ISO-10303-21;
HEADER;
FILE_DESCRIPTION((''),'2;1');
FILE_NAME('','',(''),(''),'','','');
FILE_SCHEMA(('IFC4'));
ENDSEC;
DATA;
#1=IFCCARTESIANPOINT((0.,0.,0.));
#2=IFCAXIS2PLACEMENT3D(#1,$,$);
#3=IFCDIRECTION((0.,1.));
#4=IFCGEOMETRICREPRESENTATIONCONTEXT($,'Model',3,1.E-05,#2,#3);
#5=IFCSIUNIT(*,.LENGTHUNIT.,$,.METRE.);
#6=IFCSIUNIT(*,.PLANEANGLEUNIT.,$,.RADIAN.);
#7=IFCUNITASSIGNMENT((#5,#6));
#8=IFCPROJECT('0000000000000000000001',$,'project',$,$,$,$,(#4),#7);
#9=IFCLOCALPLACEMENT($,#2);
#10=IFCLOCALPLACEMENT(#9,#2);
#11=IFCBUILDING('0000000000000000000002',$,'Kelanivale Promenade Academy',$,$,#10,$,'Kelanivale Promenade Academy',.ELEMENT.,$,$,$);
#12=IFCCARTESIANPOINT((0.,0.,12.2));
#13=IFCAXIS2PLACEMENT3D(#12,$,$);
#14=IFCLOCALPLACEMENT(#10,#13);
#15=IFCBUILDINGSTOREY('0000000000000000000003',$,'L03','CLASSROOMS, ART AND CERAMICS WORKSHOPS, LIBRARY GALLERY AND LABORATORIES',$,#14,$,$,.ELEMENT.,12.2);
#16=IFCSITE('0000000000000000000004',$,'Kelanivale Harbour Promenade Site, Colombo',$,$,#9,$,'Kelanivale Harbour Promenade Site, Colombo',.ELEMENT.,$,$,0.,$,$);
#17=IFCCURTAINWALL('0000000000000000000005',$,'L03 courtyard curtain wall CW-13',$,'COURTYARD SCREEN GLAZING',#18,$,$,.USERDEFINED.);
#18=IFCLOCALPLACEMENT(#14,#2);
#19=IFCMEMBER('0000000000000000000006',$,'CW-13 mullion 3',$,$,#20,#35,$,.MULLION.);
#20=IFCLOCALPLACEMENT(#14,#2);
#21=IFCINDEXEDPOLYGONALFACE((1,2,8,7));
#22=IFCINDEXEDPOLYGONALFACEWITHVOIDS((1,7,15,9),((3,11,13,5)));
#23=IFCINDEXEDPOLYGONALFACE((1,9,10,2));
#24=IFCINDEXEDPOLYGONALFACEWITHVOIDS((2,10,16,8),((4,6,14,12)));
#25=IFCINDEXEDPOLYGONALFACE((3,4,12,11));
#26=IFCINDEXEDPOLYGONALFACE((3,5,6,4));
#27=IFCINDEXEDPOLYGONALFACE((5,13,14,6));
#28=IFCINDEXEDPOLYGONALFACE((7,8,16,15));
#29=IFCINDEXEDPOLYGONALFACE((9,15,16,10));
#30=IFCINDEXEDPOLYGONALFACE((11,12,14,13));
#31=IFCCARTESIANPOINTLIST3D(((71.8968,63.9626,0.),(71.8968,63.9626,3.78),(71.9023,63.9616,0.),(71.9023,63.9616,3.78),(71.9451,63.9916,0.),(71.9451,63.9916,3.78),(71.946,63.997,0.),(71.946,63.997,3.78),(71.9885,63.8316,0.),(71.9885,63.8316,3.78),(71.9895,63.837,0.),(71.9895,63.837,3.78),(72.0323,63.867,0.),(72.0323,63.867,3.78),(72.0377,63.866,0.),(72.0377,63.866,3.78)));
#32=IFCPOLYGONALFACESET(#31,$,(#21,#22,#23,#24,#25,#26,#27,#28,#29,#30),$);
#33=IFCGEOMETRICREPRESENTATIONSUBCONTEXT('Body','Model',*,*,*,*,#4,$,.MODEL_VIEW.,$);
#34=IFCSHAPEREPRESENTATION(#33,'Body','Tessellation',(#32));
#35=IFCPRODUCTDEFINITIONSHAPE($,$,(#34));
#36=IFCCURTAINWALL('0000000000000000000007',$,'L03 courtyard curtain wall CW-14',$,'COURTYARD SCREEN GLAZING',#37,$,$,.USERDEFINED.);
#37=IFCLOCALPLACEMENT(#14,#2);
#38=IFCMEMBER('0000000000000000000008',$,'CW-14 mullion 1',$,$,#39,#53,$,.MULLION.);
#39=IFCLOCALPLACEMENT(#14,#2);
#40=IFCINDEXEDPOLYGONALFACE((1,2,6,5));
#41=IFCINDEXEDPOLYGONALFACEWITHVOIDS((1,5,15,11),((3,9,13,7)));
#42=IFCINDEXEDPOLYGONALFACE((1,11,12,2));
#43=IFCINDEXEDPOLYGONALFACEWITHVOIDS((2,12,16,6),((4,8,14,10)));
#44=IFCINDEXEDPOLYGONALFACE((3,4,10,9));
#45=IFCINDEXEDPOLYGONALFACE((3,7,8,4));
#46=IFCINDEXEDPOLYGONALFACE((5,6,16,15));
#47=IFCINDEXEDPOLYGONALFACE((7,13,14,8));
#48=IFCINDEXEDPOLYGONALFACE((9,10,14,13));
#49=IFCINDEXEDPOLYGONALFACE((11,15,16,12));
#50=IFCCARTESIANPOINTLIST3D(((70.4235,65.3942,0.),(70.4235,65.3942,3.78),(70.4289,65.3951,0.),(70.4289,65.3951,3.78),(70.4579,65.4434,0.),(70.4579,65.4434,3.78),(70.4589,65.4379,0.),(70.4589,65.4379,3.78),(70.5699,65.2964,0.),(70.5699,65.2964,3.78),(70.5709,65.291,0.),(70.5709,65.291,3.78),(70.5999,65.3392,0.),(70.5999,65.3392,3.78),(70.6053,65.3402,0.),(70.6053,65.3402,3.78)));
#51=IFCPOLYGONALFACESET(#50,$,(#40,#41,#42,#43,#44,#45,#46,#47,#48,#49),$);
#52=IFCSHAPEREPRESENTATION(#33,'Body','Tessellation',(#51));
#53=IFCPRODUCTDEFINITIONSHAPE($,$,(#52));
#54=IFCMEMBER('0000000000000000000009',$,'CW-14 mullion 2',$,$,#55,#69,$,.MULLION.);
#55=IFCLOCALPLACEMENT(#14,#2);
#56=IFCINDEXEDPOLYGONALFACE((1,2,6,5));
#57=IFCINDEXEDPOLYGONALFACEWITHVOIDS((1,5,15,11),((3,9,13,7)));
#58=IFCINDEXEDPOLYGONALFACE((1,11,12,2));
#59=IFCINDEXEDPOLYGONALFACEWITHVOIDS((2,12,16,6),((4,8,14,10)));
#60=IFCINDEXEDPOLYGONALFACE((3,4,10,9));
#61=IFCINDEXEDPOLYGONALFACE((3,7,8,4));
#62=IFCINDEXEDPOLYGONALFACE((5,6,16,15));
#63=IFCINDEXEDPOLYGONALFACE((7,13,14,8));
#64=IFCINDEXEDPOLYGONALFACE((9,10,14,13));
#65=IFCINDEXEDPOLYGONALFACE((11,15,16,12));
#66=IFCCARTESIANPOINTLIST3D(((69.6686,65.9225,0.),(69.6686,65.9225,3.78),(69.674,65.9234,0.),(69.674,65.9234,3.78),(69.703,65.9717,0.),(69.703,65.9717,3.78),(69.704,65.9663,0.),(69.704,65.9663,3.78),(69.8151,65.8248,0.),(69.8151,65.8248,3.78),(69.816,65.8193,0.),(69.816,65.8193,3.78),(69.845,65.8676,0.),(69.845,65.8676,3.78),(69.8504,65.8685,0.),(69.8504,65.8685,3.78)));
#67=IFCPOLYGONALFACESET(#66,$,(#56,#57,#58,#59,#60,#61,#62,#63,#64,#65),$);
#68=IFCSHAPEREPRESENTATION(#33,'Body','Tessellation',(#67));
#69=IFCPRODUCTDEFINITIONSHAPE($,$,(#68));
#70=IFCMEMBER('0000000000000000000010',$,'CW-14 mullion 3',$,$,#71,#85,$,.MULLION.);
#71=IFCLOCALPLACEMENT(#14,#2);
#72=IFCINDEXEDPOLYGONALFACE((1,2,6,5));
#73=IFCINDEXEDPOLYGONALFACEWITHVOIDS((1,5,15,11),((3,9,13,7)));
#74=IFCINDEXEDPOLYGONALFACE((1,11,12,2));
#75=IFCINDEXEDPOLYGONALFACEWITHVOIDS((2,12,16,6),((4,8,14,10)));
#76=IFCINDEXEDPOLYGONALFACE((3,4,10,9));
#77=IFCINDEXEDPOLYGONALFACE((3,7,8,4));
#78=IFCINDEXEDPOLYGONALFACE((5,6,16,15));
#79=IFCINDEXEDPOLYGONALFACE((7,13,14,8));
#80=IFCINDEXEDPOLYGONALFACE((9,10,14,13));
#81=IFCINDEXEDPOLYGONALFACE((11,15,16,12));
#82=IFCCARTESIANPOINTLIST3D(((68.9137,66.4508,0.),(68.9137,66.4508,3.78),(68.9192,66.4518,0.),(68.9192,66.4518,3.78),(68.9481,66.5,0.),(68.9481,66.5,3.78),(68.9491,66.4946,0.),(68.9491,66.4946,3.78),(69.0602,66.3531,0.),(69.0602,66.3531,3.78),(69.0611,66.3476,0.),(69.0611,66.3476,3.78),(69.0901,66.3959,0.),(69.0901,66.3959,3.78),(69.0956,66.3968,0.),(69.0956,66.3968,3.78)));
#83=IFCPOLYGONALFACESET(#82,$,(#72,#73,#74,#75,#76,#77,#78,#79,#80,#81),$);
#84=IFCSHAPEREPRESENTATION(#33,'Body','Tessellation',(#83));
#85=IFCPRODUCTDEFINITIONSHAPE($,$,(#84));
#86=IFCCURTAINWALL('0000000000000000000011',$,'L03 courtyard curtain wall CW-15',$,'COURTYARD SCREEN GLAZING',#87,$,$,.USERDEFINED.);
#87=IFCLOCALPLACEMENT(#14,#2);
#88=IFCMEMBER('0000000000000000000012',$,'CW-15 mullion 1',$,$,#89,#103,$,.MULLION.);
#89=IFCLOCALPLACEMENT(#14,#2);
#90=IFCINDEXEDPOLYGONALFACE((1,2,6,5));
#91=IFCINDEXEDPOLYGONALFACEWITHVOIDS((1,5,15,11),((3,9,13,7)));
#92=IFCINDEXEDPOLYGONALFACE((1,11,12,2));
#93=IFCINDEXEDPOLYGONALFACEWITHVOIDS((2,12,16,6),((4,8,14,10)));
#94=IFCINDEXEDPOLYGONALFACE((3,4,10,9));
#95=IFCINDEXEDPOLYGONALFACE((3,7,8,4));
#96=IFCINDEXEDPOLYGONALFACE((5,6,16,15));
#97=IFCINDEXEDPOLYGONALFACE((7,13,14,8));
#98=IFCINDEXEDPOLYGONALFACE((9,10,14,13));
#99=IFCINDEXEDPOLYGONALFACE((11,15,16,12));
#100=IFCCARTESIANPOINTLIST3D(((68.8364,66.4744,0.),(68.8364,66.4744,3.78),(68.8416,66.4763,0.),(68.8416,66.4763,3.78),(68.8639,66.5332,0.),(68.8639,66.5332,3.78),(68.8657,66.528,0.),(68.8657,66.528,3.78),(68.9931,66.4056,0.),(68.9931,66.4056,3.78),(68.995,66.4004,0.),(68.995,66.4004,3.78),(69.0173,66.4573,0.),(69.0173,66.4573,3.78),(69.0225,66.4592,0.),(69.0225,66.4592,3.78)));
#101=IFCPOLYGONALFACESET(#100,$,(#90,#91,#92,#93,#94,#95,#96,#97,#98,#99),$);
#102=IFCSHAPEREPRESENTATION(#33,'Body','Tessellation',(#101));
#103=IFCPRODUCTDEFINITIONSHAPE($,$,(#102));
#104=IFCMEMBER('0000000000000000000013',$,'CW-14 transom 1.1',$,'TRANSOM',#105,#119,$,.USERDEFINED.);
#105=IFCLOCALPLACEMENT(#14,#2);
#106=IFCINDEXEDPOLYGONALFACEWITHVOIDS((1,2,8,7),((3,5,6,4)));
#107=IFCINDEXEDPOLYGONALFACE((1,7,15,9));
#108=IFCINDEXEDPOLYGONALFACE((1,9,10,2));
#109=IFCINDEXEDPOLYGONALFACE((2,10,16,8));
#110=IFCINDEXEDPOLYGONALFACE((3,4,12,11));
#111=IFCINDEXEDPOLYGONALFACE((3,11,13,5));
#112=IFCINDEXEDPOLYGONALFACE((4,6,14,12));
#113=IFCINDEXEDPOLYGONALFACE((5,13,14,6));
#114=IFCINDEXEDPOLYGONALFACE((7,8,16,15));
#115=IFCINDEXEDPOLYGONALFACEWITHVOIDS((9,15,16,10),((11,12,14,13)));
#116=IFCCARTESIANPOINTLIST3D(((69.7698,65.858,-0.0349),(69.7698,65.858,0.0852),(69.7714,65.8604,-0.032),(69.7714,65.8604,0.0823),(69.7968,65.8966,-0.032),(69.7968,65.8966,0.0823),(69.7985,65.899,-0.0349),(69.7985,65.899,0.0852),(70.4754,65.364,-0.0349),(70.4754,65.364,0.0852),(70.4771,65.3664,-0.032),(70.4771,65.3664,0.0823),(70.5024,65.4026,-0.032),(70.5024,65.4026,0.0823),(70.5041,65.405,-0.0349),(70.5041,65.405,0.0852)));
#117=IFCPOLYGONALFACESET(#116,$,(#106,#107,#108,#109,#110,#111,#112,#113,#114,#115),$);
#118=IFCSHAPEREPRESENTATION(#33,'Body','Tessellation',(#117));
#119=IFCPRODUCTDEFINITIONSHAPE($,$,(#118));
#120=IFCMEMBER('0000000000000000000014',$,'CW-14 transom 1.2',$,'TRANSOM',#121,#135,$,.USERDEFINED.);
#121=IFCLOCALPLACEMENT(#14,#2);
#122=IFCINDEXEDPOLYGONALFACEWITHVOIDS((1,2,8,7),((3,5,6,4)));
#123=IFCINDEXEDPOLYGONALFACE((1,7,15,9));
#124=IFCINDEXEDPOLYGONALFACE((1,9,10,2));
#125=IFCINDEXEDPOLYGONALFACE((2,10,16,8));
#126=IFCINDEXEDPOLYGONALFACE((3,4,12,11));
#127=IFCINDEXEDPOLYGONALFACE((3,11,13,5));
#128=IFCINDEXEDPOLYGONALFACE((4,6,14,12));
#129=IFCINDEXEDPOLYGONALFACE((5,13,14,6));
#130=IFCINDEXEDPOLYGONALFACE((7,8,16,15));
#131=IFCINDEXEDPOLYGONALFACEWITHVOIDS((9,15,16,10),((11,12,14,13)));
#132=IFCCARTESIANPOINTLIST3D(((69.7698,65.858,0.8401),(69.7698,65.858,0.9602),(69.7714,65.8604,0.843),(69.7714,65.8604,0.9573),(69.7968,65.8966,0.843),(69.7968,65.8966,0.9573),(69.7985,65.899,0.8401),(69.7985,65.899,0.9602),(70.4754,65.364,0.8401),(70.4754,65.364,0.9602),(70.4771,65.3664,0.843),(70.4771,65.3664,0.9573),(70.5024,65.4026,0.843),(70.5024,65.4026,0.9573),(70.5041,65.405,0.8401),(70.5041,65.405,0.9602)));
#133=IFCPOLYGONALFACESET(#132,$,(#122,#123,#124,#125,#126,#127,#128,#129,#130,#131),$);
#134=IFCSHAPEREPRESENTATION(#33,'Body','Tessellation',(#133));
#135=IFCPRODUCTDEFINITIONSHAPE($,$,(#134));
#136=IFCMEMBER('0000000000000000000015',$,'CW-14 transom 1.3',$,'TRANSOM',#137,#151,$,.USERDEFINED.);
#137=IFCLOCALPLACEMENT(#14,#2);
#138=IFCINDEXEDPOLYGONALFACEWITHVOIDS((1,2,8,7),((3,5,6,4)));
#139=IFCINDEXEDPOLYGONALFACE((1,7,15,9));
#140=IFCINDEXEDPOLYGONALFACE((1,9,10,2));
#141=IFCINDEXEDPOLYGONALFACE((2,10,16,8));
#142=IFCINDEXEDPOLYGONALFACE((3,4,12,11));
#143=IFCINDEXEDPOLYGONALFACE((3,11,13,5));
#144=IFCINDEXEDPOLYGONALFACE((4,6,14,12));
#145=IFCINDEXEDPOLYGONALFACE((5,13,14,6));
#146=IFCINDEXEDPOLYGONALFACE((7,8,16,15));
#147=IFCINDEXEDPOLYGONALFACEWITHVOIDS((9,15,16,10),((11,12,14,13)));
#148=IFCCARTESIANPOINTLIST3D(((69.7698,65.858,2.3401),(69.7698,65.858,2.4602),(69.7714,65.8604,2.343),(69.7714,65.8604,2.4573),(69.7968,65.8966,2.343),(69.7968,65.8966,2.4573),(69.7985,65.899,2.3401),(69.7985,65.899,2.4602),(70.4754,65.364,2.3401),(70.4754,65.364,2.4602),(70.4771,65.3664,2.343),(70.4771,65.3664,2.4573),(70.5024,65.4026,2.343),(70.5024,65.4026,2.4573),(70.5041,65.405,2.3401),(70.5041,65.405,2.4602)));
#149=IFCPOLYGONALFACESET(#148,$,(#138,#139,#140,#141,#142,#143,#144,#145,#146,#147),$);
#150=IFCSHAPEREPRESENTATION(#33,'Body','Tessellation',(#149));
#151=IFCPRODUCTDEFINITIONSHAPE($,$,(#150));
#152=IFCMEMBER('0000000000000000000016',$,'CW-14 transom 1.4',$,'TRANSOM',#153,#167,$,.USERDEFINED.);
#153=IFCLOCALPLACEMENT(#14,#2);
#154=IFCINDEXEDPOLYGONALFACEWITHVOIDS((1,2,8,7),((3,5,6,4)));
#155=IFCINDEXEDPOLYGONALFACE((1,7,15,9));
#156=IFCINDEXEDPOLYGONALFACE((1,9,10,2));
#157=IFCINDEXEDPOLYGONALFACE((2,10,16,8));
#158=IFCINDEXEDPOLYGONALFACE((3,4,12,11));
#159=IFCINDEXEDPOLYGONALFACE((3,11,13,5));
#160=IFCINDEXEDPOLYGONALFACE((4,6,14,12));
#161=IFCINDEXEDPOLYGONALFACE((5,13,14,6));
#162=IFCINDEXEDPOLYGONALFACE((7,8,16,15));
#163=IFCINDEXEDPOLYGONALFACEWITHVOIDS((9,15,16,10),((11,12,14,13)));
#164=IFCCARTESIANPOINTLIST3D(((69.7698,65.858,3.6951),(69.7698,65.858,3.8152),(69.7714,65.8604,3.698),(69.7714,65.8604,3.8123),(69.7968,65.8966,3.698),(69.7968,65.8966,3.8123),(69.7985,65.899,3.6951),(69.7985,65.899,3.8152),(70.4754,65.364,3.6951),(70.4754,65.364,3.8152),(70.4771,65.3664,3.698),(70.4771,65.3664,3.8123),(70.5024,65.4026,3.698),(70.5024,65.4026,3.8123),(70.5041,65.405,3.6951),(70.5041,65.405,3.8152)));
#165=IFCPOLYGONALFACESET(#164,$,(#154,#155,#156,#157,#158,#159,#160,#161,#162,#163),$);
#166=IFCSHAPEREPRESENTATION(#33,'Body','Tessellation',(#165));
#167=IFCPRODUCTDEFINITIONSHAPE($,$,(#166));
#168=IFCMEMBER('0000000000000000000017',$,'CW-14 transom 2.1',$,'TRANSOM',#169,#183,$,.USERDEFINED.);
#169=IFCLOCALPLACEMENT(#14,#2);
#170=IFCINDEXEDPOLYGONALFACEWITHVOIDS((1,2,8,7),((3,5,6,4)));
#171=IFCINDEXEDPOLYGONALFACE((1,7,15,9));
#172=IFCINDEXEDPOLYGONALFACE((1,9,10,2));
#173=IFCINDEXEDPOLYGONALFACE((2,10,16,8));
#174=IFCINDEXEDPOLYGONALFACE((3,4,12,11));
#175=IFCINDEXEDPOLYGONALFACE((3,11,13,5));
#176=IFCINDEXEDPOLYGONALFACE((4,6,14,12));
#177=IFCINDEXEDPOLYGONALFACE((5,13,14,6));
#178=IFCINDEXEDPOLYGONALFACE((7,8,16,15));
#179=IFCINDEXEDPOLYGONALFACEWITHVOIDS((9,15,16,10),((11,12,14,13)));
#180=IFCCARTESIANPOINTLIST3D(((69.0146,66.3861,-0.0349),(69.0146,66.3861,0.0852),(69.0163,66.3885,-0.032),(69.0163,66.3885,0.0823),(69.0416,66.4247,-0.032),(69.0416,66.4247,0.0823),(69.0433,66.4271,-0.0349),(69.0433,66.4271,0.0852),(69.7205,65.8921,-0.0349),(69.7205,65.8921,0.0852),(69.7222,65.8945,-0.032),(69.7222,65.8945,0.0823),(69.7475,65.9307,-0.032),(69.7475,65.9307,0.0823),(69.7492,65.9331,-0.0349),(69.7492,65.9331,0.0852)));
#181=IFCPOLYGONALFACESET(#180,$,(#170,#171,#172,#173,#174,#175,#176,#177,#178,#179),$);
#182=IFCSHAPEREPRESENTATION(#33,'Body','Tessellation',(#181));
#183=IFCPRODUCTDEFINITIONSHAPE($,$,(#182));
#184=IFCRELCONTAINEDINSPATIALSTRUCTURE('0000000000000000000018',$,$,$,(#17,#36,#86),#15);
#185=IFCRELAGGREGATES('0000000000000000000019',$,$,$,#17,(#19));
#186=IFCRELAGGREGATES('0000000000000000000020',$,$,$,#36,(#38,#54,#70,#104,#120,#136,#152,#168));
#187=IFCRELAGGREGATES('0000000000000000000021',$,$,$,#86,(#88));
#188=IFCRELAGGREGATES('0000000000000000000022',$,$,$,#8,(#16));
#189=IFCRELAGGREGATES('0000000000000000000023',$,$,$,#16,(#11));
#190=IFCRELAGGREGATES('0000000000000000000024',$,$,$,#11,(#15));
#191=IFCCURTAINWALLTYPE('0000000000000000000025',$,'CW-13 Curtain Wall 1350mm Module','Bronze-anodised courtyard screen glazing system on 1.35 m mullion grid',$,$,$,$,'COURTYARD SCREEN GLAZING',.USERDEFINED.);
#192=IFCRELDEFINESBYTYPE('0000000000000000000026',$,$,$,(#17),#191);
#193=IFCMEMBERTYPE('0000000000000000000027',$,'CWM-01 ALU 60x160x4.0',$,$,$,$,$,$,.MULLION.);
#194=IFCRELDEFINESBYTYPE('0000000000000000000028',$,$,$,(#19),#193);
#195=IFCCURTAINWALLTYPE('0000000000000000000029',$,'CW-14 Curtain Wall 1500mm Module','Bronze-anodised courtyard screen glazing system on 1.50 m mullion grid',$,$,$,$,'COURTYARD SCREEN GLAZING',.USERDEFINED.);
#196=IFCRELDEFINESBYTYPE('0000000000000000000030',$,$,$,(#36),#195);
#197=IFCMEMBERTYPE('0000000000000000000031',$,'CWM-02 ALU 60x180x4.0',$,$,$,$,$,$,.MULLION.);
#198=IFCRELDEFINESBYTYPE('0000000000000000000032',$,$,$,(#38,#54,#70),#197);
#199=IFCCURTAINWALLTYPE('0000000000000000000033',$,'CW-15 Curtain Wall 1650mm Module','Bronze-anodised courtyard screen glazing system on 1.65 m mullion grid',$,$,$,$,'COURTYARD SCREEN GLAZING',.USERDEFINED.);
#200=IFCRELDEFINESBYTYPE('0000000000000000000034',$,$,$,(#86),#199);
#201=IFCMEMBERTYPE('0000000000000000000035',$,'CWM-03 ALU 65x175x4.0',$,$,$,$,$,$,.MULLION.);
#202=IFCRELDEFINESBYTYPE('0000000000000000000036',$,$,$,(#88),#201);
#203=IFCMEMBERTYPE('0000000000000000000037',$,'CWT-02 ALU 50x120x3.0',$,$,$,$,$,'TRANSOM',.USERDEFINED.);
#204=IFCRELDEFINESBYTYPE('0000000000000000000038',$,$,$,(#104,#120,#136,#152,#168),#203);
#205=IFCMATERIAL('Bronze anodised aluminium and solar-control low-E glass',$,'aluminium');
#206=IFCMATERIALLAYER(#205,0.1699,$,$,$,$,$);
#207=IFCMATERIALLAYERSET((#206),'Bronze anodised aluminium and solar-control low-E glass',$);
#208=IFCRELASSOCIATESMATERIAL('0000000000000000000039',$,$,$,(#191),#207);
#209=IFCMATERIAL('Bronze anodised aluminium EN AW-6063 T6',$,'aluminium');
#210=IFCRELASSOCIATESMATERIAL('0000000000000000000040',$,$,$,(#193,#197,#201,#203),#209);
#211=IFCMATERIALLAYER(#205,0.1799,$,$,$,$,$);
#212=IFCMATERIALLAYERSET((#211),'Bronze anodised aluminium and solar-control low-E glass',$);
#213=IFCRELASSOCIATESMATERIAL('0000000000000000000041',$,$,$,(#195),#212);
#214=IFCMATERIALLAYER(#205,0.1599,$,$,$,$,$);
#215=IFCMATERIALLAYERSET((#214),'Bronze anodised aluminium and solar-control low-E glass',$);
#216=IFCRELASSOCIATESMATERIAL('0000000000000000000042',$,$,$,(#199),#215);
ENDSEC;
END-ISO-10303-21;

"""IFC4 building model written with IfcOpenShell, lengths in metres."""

from ifc_helpers import new_model, si_unit, direction, frame, origin, origin_2d, place, context, subcontext, project, spatial, hollow_rectangle, extrude, material, layer, layer_set, material_profile, profile_set, type_object, element, aggregate, save


model = new_model("IFC4")

# Units and contexts
model_context = context("Model", 3, precision=1e-05, world=origin(), true_north=direction((0.0, 1.0)))
body_context = subcontext(model_context, "Body", "Model", "MODEL_VIEW")
ifc_project = project(units=[si_unit("LENGTHUNIT", "METRE"), si_unit("PLANEANGLEUNIT", "RADIAN")], contexts=[model_context])

# Site, building, storey
site_placement = place(None, origin())
site = spatial("IfcSite", under=ifc_project, at=site_placement, Name="Kelanivale Harbour Promenade Site, Colombo", LongName="Kelanivale Harbour Promenade Site, Colombo", CompositionType="ELEMENT", RefElevation=0.0)
building_placement = place(site_placement, origin())
building = spatial("IfcBuilding", under=site, at=building_placement, Name="Kelanivale Promenade Academy", LongName="Kelanivale Promenade Academy", CompositionType="ELEMENT")
storey_placement = place(building_placement, frame((0.0, 0.0, 12.2)))
storey = spatial("IfcBuildingStorey", under=building, at=storey_placement, Name="L03", Description="CLASSROOMS, ART AND CERAMICS WORKSHOPS, LIBRARY GALLERY AND LABORATORIES", CompositionType="ELEMENT", Elevation=12.2)

# Curtain wall, member
ifc_material_1 = material(Name="Bronze anodised aluminium and solar-control low-E glass", Category="aluminium")
ifc_layer_1 = layer(ifc_material_1, 0.1699)
ifc_layer_set_1 = layer_set([ifc_layer_1], Name="Bronze anodised aluminium and solar-control low-E glass")
curtain_wall_type_1 = type_object("IfcCurtainWallType", Name="CW-13 Curtain Wall 1350mm Module", Description="Bronze-anodised courtyard screen glazing system on 1.35 m mullion grid", ElementType="COURTYARD SCREEN GLAZING", PredefinedType="USERDEFINED", material=ifc_layer_set_1)
curtain_wall_1_placement = place(storey_placement, origin())
curtain_wall_1 = element("IfcCurtainWall", 1, at=curtain_wall_1_placement, inside=storey, type_object=curtain_wall_type_1, Name="L03 courtyard curtain wall CW-13", ObjectType="COURTYARD SCREEN GLAZING", PredefinedType="USERDEFINED")
ifc_material_2 = material(Name="Bronze anodised aluminium EN AW-6063 T6", Category="aluminium")
ifc_material_profile_1 = material_profile(ifc_material_2, hollow_rectangle(XDim=0.0601, YDim=0.1599, WallThickness=0.0039, at=origin_2d()), Name="ALU 60x160x4.0")
ifc_profile_set_1 = profile_set([ifc_material_profile_1], Name="Bronze anodised aluminium EN AW-6063 T6")
member_type_1 = type_object("IfcMemberType", Name="CWM-01 ALU 60x160x4.0", PredefinedType="MULLION", material=ifc_profile_set_1)
member_1_placement = place(storey_placement, frame((71.9673, 63.9143, 0.0), z_axis=(0.0, 0.0, 1.0), x_axis=(-0.819306, -0.573357, 0.0)))
member_1 = element("IfcMember", 2, at=member_1_placement, type_object=member_type_1, Name="CW-13 mullion 3", PredefinedType="MULLION", context=body_context, shape_type="SweptSolid", body=[
    extrude(hollow_rectangle(XDim=0.0601, YDim=0.1599, WallThickness=0.0039, at=origin_2d()), origin(), (0.0, 0.0, 1.0), 3.78),
])
aggregate(curtain_wall_1, [member_1])

# Curtain wall, members
ifc_layer_2 = layer(ifc_material_1, 0.1799)
ifc_layer_set_2 = layer_set([ifc_layer_2], Name="Bronze anodised aluminium and solar-control low-E glass")
curtain_wall_type_2 = type_object("IfcCurtainWallType", Name="CW-14 Curtain Wall 1500mm Module", Description="Bronze-anodised courtyard screen glazing system on 1.50 m mullion grid", ElementType="COURTYARD SCREEN GLAZING", PredefinedType="USERDEFINED", material=ifc_layer_set_2)
curtain_wall_2_placement = place(storey_placement, origin())
curtain_wall_2 = element("IfcCurtainWall", 3, at=curtain_wall_2_placement, inside=storey, type_object=curtain_wall_type_2, Name="L03 courtyard curtain wall CW-14", ObjectType="COURTYARD SCREEN GLAZING", PredefinedType="USERDEFINED")
ifc_material_profile_2 = material_profile(ifc_material_2, hollow_rectangle(XDim=0.0601, YDim=0.1799, WallThickness=0.0039, at=origin_2d()), Name="ALU 60x180x4.0")
ifc_profile_set_2 = profile_set([ifc_material_profile_2], Name="Bronze anodised aluminium EN AW-6063 T6")
member_type_2 = type_object("IfcMemberType", Name="CWM-02 ALU 60x180x4.0", PredefinedType="MULLION", material=ifc_profile_set_2)
member_2_placement = place(storey_placement, frame((70.5144, 65.3672, 0.0), z_axis=(0.0, 0.0, 1.0), x_axis=(-0.573357, -0.819306, 0.0)))
member_2 = element("IfcMember", 4, at=member_2_placement, type_object=member_type_2, Name="CW-14 mullion 1", PredefinedType="MULLION", context=body_context, shape_type="SweptSolid", body=[
    extrude(hollow_rectangle(XDim=0.0601, YDim=0.1799, WallThickness=0.0039, at=origin_2d()), origin(), (0.0, 0.0, 1.0), 3.78),
])
member_3_placement = place(storey_placement, frame((69.7595, 65.8955, 0.0), z_axis=(0.0, 0.0, 1.0), x_axis=(-0.573357, -0.819306, 0.0)))
member_3 = element("IfcMember", 5, at=member_3_placement, type_object=member_type_2, Name="CW-14 mullion 2", PredefinedType="MULLION", context=body_context, shape_type="SweptSolid", body=[
    extrude(hollow_rectangle(XDim=0.0601, YDim=0.1799, WallThickness=0.0039, at=origin_2d()), origin(), (0.0, 0.0, 1.0), 3.78),
])
member_4_placement = place(storey_placement, frame((69.0046, 66.4238, 0.0), z_axis=(0.0, 0.0, 1.0), x_axis=(-0.573357, -0.819306, 0.0)))
member_4 = element("IfcMember", 6, at=member_4_placement, type_object=member_type_2, Name="CW-14 mullion 3", PredefinedType="MULLION", context=body_context, shape_type="SweptSolid", body=[
    extrude(hollow_rectangle(XDim=0.0601, YDim=0.1799, WallThickness=0.0039, at=origin_2d()), origin(), (0.0, 0.0, 1.0), 3.78),
])

# Curtain wall, member
ifc_layer_3 = layer(ifc_material_1, 0.1599)
ifc_layer_set_3 = layer_set([ifc_layer_3], Name="Bronze anodised aluminium and solar-control low-E glass")
curtain_wall_type_3 = type_object("IfcCurtainWallType", Name="CW-15 Curtain Wall 1650mm Module", Description="Bronze-anodised courtyard screen glazing system on 1.65 m mullion grid", ElementType="COURTYARD SCREEN GLAZING", PredefinedType="USERDEFINED", material=ifc_layer_set_3)
curtain_wall_3_placement = place(storey_placement, origin())
curtain_wall_3 = element("IfcCurtainWall", 7, at=curtain_wall_3_placement, inside=storey, type_object=curtain_wall_type_3, Name="L03 courtyard curtain wall CW-15", ObjectType="COURTYARD SCREEN GLAZING", PredefinedType="USERDEFINED")
ifc_material_profile_3 = material_profile(ifc_material_2, hollow_rectangle(XDim=0.0649, YDim=0.175, WallThickness=0.0039, at=origin_2d()), Name="ALU 65x175x4.0")
ifc_profile_set_3 = profile_set([ifc_material_profile_3], Name="Bronze anodised aluminium EN AW-6063 T6")
member_type_3 = type_object("IfcMemberType", Name="CWM-03 ALU 65x175x4.0", PredefinedType="MULLION", material=ifc_profile_set_3)
member_5_placement = place(storey_placement, frame((68.9294, 66.4668, 0.0), z_axis=(0.0, 0.0, 1.0), x_axis=(-0.422857, -0.906196, 0.0)))
member_5 = element("IfcMember", 8, at=member_5_placement, type_object=member_type_3, Name="CW-15 mullion 1", PredefinedType="MULLION", context=body_context, shape_type="SweptSolid", body=[
    extrude(hollow_rectangle(XDim=0.0649, YDim=0.175, WallThickness=0.0039, at=origin_2d()), origin(), (0.0, 0.0, 1.0), 3.78),
])

# Members
ifc_material_profile_4 = material_profile(ifc_material_2, hollow_rectangle(XDim=0.05, YDim=0.1201, WallThickness=0.0029, at=origin_2d()), Name="ALU 50x120x3.0")
ifc_profile_set_4 = profile_set([ifc_material_profile_4], Name="Bronze anodised aluminium EN AW-6063 T6")
member_type_4 = type_object("IfcMemberType", Name="CWT-02 ALU 50x120x3.0", ElementType="TRANSOM", PredefinedType="USERDEFINED", material=ifc_profile_set_4)
member_6_placement = place(storey_placement, frame((70.4897, 65.3845, 0.0251), z_axis=(-0.819232, 0.573462, 0.0), x_axis=(-0.573462, -0.819232, 0.0)))
member_6 = element("IfcMember", 9, at=member_6_placement, type_object=member_type_4, Name="CW-14 transom 1.1", ObjectType="TRANSOM", PredefinedType="USERDEFINED", context=body_context, shape_type="SweptSolid", body=[
    extrude(hollow_rectangle(XDim=0.05, YDim=0.1201, WallThickness=0.0029, at=origin_2d()), origin(), (0.0, 0.0, 1.0), 0.8613),
])
member_7_placement = place(storey_placement, frame((70.4897, 65.3845, 0.9001), z_axis=(-0.819232, 0.573462, 0.0), x_axis=(-0.573462, -0.819232, 0.0)))
member_7 = element("IfcMember", 10, at=member_7_placement, type_object=member_type_4, Name="CW-14 transom 1.2", ObjectType="TRANSOM", PredefinedType="USERDEFINED", context=body_context, shape_type="SweptSolid", body=[
    extrude(hollow_rectangle(XDim=0.05, YDim=0.1201, WallThickness=0.0029, at=origin_2d()), origin(), (0.0, 0.0, 1.0), 0.8613),
])
member_8_placement = place(storey_placement, frame((70.4897, 65.3845, 2.4001), z_axis=(-0.819232, 0.573462, 0.0), x_axis=(-0.573462, -0.819232, 0.0)))
member_8 = element("IfcMember", 11, at=member_8_placement, type_object=member_type_4, Name="CW-14 transom 1.3", ObjectType="TRANSOM", PredefinedType="USERDEFINED", context=body_context, shape_type="SweptSolid", body=[
    extrude(hollow_rectangle(XDim=0.05, YDim=0.1201, WallThickness=0.0029, at=origin_2d()), origin(), (0.0, 0.0, 1.0), 0.8613),
])
member_9_placement = place(storey_placement, frame((70.4897, 65.3845, 3.7551), z_axis=(-0.819232, 0.573462, 0.0), x_axis=(-0.573462, -0.819232, 0.0)))
member_9 = element("IfcMember", 12, at=member_9_placement, type_object=member_type_4, Name="CW-14 transom 1.4", ObjectType="TRANSOM", PredefinedType="USERDEFINED", context=body_context, shape_type="SweptSolid", body=[
    extrude(hollow_rectangle(XDim=0.05, YDim=0.1201, WallThickness=0.0029, at=origin_2d()), origin(), (0.0, 0.0, 1.0), 0.8613),
])
member_10_placement = place(storey_placement, frame((69.7349, 65.9126, 0.0251), z_axis=(-0.819325, 0.573329, 0.0), x_axis=(-0.573329, -0.819325, 0.0)))
member_10 = element("IfcMember", 13, at=member_10_placement, type_object=member_type_4, Name="CW-14 transom 2.1", ObjectType="TRANSOM", PredefinedType="USERDEFINED", context=body_context, shape_type="SweptSolid", body=[
    extrude(hollow_rectangle(XDim=0.05, YDim=0.1201, WallThickness=0.0029, at=origin_2d()), origin(), (0.0, 0.0, 1.0), 0.8616),
])

aggregate(curtain_wall_2, [member_2, member_3, member_4, member_6, member_7, member_8, member_9, member_10])
aggregate(curtain_wall_3, [member_5])

save(model, "model.ifc")
